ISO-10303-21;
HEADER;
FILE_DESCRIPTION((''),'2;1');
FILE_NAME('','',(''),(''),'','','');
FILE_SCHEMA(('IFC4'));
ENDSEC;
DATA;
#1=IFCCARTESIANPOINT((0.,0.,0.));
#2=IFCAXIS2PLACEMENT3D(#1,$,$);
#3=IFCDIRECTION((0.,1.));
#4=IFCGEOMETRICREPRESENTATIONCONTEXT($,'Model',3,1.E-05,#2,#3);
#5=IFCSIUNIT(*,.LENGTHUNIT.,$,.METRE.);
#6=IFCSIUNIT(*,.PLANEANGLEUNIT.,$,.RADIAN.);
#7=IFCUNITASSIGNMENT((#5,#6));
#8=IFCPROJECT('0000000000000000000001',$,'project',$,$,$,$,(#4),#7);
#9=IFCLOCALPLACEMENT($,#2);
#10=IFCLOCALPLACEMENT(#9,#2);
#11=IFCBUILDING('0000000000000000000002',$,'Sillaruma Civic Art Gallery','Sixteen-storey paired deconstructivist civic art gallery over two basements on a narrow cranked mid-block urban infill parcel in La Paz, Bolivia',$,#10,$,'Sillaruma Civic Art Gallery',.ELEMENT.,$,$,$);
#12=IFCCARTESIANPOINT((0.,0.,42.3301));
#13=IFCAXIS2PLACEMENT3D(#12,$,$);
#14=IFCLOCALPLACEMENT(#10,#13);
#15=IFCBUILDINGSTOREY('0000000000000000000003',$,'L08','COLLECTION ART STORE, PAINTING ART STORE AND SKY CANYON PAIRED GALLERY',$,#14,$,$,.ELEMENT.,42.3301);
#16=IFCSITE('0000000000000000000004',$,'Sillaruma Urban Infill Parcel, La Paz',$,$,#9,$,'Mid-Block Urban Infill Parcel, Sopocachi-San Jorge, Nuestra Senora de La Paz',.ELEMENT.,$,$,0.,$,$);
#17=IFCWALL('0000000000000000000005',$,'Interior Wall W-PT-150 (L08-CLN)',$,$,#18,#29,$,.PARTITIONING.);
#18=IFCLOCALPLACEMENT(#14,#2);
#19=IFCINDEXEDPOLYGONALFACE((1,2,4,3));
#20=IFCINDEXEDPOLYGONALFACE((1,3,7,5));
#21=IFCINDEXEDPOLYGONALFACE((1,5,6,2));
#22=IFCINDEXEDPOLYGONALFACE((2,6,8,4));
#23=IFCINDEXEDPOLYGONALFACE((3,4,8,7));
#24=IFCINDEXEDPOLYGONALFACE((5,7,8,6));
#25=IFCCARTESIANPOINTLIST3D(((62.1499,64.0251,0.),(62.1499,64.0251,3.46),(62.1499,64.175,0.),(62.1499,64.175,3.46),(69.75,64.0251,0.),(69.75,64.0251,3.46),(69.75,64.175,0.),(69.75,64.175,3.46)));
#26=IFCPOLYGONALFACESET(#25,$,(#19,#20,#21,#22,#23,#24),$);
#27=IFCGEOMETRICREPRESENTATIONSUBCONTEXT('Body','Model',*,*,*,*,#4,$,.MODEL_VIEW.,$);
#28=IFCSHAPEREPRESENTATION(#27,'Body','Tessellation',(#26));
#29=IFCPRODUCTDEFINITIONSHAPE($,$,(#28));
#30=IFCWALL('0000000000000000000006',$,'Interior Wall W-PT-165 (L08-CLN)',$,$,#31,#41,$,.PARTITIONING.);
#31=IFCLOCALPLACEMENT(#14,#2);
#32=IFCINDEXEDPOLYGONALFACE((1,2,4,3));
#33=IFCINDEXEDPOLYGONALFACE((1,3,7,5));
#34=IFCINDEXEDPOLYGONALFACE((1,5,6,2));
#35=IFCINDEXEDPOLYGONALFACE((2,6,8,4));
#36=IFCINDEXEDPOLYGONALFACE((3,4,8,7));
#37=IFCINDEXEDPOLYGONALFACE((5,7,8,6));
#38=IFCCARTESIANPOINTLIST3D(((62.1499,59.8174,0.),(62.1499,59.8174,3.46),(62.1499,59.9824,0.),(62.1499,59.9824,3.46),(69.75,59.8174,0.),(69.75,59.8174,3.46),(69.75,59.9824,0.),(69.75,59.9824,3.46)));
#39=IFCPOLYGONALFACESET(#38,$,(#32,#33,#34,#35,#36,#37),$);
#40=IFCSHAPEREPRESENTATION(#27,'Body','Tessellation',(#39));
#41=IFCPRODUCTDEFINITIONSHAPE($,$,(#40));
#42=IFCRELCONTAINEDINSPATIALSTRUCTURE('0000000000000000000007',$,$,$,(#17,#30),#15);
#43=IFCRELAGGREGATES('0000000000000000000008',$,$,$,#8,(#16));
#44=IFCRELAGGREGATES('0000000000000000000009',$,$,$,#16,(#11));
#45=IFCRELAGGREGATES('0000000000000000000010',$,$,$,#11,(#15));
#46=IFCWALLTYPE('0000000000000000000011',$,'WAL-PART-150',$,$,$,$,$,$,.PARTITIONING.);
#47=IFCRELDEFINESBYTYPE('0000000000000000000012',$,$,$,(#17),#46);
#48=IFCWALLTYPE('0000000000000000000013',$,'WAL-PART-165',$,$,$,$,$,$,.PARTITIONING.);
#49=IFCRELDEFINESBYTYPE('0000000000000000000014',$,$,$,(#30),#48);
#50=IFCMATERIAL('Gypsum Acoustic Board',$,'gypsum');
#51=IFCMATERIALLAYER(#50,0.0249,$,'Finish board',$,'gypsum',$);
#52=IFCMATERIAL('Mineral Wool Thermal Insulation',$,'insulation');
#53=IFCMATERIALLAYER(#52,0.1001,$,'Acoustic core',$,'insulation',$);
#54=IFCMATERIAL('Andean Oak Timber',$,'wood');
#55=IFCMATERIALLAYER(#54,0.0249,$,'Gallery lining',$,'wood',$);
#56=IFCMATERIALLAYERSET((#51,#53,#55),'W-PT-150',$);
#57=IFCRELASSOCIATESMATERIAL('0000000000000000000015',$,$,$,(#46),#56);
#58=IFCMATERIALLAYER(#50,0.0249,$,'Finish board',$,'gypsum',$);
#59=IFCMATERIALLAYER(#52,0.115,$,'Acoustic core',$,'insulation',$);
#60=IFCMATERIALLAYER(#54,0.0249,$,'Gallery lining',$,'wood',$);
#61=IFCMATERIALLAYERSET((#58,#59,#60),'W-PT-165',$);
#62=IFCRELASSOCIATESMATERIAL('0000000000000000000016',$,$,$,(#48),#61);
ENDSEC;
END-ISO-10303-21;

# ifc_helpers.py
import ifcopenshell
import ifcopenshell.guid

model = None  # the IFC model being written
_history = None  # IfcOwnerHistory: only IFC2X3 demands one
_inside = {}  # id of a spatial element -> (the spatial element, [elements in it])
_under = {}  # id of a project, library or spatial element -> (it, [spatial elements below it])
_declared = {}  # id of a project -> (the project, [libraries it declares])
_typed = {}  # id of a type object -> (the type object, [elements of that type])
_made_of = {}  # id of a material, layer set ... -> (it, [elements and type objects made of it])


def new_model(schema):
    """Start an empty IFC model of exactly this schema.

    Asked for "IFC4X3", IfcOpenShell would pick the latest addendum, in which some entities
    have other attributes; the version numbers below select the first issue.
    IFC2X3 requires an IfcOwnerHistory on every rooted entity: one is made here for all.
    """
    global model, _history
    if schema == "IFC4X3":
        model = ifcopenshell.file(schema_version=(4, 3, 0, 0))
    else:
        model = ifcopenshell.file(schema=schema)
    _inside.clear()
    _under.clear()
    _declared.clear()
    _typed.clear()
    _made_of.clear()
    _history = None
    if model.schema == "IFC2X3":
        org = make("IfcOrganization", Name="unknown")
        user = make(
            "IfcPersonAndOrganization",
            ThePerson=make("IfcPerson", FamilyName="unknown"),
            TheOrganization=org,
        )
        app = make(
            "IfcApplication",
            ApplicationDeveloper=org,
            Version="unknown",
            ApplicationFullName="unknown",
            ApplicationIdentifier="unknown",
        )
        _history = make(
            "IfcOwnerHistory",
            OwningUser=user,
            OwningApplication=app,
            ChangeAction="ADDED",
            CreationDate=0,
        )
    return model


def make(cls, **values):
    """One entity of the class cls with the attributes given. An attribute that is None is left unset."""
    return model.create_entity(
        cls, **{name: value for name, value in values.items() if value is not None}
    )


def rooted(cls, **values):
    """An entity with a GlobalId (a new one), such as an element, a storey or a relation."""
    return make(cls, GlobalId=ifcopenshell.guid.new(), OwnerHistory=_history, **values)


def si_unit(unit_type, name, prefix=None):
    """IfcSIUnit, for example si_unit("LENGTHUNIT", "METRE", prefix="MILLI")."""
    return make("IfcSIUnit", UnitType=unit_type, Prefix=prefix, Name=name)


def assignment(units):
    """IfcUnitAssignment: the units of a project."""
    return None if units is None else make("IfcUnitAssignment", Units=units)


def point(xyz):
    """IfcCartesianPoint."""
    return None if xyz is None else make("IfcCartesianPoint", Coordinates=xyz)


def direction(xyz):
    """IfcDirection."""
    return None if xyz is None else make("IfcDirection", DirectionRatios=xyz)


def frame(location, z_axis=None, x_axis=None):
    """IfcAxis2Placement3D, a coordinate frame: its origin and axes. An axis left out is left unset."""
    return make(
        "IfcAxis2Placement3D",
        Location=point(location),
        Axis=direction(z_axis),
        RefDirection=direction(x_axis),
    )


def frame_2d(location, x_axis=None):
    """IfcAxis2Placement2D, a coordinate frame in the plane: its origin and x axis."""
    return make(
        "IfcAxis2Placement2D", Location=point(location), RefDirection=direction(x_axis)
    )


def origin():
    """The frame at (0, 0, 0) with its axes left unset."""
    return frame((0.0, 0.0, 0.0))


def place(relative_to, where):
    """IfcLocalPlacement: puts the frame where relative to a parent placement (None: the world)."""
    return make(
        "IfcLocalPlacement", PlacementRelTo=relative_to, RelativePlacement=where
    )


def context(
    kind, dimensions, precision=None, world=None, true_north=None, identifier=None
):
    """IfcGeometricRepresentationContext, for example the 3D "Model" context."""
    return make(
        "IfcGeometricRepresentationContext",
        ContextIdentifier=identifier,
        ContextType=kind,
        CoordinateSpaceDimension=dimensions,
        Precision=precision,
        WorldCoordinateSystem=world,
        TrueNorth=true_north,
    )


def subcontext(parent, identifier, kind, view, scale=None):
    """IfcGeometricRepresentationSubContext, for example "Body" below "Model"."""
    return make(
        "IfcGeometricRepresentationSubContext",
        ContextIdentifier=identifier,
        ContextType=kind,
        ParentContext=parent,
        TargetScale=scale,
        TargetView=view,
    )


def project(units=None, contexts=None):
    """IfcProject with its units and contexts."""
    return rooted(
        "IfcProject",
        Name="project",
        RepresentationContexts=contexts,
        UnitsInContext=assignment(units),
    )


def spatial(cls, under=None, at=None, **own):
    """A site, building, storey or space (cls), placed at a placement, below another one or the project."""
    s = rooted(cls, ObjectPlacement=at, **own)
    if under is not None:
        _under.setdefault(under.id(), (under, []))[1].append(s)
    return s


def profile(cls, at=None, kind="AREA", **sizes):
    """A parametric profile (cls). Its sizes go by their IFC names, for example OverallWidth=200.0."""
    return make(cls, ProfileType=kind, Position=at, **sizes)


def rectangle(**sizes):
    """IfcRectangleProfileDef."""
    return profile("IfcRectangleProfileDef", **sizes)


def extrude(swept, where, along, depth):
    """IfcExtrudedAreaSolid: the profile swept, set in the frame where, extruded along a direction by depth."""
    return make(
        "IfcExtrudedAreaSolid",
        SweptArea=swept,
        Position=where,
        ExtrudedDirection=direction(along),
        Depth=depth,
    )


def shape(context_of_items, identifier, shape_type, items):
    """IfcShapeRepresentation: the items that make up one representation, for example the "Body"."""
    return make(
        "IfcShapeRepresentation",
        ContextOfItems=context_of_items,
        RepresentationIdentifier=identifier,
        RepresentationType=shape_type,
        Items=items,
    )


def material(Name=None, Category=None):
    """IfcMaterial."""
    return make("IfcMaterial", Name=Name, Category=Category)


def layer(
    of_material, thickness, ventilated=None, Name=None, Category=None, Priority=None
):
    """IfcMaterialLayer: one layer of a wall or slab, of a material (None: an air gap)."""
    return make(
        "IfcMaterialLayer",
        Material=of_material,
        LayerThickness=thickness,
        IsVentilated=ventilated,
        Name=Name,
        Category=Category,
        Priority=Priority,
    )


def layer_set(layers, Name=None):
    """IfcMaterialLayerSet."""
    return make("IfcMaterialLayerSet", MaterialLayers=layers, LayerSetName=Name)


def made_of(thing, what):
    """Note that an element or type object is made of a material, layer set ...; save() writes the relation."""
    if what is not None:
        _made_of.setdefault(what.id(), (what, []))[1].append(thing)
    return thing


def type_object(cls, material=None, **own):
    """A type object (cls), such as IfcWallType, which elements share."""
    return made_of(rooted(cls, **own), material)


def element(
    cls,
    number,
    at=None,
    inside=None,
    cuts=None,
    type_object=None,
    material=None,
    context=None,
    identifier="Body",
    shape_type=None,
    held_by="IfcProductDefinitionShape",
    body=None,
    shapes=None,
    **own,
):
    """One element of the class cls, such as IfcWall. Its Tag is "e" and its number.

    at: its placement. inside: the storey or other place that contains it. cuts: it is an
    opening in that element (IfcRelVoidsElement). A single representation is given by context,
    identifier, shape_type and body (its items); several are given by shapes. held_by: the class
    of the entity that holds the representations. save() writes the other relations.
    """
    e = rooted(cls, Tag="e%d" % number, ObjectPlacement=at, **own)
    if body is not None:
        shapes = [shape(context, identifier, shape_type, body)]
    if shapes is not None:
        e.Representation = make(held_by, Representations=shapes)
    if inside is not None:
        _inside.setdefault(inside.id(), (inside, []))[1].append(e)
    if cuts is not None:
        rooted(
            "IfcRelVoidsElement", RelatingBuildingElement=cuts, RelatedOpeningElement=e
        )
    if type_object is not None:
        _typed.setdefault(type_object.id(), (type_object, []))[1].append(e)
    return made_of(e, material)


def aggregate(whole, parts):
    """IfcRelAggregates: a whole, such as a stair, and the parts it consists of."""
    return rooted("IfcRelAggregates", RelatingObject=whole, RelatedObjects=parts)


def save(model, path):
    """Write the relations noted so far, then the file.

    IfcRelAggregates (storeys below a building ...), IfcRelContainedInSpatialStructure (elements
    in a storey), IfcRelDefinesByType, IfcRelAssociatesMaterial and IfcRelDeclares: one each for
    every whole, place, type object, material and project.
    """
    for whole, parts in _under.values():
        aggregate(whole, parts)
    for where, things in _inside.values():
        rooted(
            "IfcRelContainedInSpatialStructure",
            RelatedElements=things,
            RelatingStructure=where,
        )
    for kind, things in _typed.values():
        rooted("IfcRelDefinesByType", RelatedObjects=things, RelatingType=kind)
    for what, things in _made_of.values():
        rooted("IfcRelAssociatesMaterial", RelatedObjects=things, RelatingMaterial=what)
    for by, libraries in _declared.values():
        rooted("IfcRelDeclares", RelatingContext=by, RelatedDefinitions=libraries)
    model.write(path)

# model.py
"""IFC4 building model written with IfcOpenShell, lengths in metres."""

from ifc_helpers import new_model, si_unit, direction, frame, frame_2d, origin, place, context, subcontext, project, spatial, rectangle, extrude, material, layer, layer_set, type_object, element, save


model = new_model("IFC4")

# Units and contexts
model_context = context("Model", 3, precision=1e-05, world=origin(), true_north=direction((0.0, 1.0)))
body_context = subcontext(model_context, "Body", "Model", "MODEL_VIEW")
ifc_project = project(units=[si_unit("LENGTHUNIT", "METRE"), si_unit("PLANEANGLEUNIT", "RADIAN")], contexts=[model_context])

# Site, building, storey
site_placement = place(None, origin())
site = spatial("IfcSite", under=ifc_project, at=site_placement, Name="Sillaruma Urban Infill Parcel, La Paz", LongName="Mid-Block Urban Infill Parcel, Sopocachi-San Jorge, Nuestra Senora de La Paz", CompositionType="ELEMENT", RefElevation=0.0)
building_placement = place(site_placement, origin())
building = spatial("IfcBuilding", under=site, at=building_placement, Name="Sillaruma Civic Art Gallery", Description="Sixteen-storey paired deconstructivist civic art gallery over two basements on a narrow cranked mid-block urban infill parcel in La Paz, Bolivia", LongName="Sillaruma Civic Art Gallery", CompositionType="ELEMENT")
storey_placement = place(building_placement, frame((0.0, 0.0, 42.3301)))
storey = spatial("IfcBuildingStorey", under=building, at=storey_placement, Name="L08", Description="COLLECTION ART STORE, PAINTING ART STORE AND SKY CANYON PAIRED GALLERY", CompositionType="ELEMENT", Elevation=42.3301)

# Shared definitions
ifc_material_1 = material(Name="Gypsum Acoustic Board", Category="gypsum")
ifc_material_2 = material(Name="Mineral Wool Thermal Insulation", Category="insulation")
ifc_material_3 = material(Name="Andean Oak Timber", Category="wood")

# Walls
ifc_layer_1 = layer(ifc_material_1, 0.0249, Name="Finish board", Category="gypsum")
ifc_layer_2 = layer(ifc_material_2, 0.1001, Name="Acoustic core", Category="insulation")
ifc_layer_3 = layer(ifc_material_3, 0.0249, Name="Gallery lining", Category="wood")
ifc_layer_set_1 = layer_set([ifc_layer_1, ifc_layer_2, ifc_layer_3], Name="W-PT-150")
wall_type_1 = type_object("IfcWallType", Name="WAL-PART-150", PredefinedType="PARTITIONING", material=ifc_layer_set_1)
wall_1_placement = place(storey_placement, frame((62.1499, 64.1001, 0.0), z_axis=(0.0, 0.0, 1.0), x_axis=(1.0, 0.0, 0.0)))
element("IfcWall", 1, at=wall_1_placement, inside=storey, type_object=wall_type_1, Name="Interior Wall W-PT-150 (L08-CLN)", PredefinedType="PARTITIONING", context=body_context, shape_type="SweptSolid", body=[
    extrude(rectangle(XDim=7.6001, YDim=0.1499, at=frame_2d((3.8, 0.0))), origin(), (0.0, 0.0, 1.0), 3.46),
])
ifc_layer_4 = layer(ifc_material_1, 0.0249, Name="Finish board", Category="gypsum")
ifc_layer_5 = layer(ifc_material_2, 0.115, Name="Acoustic core", Category="insulation")
ifc_layer_6 = layer(ifc_material_3, 0.0249, Name="Gallery lining", Category="wood")
ifc_layer_set_2 = layer_set([ifc_layer_4, ifc_layer_5, ifc_layer_6], Name="W-PT-165")
wall_type_2 = type_object("IfcWallType", Name="WAL-PART-165", PredefinedType="PARTITIONING", material=ifc_layer_set_2)
wall_2_placement = place(storey_placement, frame((62.1499, 59.8999, 0.0), z_axis=(0.0, 0.0, 1.0), x_axis=(1.0, 0.0, 0.0)))
element("IfcWall", 2, at=wall_2_placement, inside=storey, type_object=wall_type_2, Name="Interior Wall W-PT-165 (L08-CLN)", PredefinedType="PARTITIONING", context=body_context, shape_type="SweptSolid", body=[
    extrude(rectangle(XDim=7.6001, YDim=0.165, at=frame_2d((3.8, 0.0))), origin(), (0.0, 0.0, 1.0), 3.46),
])

save(model, "model.ifc")
